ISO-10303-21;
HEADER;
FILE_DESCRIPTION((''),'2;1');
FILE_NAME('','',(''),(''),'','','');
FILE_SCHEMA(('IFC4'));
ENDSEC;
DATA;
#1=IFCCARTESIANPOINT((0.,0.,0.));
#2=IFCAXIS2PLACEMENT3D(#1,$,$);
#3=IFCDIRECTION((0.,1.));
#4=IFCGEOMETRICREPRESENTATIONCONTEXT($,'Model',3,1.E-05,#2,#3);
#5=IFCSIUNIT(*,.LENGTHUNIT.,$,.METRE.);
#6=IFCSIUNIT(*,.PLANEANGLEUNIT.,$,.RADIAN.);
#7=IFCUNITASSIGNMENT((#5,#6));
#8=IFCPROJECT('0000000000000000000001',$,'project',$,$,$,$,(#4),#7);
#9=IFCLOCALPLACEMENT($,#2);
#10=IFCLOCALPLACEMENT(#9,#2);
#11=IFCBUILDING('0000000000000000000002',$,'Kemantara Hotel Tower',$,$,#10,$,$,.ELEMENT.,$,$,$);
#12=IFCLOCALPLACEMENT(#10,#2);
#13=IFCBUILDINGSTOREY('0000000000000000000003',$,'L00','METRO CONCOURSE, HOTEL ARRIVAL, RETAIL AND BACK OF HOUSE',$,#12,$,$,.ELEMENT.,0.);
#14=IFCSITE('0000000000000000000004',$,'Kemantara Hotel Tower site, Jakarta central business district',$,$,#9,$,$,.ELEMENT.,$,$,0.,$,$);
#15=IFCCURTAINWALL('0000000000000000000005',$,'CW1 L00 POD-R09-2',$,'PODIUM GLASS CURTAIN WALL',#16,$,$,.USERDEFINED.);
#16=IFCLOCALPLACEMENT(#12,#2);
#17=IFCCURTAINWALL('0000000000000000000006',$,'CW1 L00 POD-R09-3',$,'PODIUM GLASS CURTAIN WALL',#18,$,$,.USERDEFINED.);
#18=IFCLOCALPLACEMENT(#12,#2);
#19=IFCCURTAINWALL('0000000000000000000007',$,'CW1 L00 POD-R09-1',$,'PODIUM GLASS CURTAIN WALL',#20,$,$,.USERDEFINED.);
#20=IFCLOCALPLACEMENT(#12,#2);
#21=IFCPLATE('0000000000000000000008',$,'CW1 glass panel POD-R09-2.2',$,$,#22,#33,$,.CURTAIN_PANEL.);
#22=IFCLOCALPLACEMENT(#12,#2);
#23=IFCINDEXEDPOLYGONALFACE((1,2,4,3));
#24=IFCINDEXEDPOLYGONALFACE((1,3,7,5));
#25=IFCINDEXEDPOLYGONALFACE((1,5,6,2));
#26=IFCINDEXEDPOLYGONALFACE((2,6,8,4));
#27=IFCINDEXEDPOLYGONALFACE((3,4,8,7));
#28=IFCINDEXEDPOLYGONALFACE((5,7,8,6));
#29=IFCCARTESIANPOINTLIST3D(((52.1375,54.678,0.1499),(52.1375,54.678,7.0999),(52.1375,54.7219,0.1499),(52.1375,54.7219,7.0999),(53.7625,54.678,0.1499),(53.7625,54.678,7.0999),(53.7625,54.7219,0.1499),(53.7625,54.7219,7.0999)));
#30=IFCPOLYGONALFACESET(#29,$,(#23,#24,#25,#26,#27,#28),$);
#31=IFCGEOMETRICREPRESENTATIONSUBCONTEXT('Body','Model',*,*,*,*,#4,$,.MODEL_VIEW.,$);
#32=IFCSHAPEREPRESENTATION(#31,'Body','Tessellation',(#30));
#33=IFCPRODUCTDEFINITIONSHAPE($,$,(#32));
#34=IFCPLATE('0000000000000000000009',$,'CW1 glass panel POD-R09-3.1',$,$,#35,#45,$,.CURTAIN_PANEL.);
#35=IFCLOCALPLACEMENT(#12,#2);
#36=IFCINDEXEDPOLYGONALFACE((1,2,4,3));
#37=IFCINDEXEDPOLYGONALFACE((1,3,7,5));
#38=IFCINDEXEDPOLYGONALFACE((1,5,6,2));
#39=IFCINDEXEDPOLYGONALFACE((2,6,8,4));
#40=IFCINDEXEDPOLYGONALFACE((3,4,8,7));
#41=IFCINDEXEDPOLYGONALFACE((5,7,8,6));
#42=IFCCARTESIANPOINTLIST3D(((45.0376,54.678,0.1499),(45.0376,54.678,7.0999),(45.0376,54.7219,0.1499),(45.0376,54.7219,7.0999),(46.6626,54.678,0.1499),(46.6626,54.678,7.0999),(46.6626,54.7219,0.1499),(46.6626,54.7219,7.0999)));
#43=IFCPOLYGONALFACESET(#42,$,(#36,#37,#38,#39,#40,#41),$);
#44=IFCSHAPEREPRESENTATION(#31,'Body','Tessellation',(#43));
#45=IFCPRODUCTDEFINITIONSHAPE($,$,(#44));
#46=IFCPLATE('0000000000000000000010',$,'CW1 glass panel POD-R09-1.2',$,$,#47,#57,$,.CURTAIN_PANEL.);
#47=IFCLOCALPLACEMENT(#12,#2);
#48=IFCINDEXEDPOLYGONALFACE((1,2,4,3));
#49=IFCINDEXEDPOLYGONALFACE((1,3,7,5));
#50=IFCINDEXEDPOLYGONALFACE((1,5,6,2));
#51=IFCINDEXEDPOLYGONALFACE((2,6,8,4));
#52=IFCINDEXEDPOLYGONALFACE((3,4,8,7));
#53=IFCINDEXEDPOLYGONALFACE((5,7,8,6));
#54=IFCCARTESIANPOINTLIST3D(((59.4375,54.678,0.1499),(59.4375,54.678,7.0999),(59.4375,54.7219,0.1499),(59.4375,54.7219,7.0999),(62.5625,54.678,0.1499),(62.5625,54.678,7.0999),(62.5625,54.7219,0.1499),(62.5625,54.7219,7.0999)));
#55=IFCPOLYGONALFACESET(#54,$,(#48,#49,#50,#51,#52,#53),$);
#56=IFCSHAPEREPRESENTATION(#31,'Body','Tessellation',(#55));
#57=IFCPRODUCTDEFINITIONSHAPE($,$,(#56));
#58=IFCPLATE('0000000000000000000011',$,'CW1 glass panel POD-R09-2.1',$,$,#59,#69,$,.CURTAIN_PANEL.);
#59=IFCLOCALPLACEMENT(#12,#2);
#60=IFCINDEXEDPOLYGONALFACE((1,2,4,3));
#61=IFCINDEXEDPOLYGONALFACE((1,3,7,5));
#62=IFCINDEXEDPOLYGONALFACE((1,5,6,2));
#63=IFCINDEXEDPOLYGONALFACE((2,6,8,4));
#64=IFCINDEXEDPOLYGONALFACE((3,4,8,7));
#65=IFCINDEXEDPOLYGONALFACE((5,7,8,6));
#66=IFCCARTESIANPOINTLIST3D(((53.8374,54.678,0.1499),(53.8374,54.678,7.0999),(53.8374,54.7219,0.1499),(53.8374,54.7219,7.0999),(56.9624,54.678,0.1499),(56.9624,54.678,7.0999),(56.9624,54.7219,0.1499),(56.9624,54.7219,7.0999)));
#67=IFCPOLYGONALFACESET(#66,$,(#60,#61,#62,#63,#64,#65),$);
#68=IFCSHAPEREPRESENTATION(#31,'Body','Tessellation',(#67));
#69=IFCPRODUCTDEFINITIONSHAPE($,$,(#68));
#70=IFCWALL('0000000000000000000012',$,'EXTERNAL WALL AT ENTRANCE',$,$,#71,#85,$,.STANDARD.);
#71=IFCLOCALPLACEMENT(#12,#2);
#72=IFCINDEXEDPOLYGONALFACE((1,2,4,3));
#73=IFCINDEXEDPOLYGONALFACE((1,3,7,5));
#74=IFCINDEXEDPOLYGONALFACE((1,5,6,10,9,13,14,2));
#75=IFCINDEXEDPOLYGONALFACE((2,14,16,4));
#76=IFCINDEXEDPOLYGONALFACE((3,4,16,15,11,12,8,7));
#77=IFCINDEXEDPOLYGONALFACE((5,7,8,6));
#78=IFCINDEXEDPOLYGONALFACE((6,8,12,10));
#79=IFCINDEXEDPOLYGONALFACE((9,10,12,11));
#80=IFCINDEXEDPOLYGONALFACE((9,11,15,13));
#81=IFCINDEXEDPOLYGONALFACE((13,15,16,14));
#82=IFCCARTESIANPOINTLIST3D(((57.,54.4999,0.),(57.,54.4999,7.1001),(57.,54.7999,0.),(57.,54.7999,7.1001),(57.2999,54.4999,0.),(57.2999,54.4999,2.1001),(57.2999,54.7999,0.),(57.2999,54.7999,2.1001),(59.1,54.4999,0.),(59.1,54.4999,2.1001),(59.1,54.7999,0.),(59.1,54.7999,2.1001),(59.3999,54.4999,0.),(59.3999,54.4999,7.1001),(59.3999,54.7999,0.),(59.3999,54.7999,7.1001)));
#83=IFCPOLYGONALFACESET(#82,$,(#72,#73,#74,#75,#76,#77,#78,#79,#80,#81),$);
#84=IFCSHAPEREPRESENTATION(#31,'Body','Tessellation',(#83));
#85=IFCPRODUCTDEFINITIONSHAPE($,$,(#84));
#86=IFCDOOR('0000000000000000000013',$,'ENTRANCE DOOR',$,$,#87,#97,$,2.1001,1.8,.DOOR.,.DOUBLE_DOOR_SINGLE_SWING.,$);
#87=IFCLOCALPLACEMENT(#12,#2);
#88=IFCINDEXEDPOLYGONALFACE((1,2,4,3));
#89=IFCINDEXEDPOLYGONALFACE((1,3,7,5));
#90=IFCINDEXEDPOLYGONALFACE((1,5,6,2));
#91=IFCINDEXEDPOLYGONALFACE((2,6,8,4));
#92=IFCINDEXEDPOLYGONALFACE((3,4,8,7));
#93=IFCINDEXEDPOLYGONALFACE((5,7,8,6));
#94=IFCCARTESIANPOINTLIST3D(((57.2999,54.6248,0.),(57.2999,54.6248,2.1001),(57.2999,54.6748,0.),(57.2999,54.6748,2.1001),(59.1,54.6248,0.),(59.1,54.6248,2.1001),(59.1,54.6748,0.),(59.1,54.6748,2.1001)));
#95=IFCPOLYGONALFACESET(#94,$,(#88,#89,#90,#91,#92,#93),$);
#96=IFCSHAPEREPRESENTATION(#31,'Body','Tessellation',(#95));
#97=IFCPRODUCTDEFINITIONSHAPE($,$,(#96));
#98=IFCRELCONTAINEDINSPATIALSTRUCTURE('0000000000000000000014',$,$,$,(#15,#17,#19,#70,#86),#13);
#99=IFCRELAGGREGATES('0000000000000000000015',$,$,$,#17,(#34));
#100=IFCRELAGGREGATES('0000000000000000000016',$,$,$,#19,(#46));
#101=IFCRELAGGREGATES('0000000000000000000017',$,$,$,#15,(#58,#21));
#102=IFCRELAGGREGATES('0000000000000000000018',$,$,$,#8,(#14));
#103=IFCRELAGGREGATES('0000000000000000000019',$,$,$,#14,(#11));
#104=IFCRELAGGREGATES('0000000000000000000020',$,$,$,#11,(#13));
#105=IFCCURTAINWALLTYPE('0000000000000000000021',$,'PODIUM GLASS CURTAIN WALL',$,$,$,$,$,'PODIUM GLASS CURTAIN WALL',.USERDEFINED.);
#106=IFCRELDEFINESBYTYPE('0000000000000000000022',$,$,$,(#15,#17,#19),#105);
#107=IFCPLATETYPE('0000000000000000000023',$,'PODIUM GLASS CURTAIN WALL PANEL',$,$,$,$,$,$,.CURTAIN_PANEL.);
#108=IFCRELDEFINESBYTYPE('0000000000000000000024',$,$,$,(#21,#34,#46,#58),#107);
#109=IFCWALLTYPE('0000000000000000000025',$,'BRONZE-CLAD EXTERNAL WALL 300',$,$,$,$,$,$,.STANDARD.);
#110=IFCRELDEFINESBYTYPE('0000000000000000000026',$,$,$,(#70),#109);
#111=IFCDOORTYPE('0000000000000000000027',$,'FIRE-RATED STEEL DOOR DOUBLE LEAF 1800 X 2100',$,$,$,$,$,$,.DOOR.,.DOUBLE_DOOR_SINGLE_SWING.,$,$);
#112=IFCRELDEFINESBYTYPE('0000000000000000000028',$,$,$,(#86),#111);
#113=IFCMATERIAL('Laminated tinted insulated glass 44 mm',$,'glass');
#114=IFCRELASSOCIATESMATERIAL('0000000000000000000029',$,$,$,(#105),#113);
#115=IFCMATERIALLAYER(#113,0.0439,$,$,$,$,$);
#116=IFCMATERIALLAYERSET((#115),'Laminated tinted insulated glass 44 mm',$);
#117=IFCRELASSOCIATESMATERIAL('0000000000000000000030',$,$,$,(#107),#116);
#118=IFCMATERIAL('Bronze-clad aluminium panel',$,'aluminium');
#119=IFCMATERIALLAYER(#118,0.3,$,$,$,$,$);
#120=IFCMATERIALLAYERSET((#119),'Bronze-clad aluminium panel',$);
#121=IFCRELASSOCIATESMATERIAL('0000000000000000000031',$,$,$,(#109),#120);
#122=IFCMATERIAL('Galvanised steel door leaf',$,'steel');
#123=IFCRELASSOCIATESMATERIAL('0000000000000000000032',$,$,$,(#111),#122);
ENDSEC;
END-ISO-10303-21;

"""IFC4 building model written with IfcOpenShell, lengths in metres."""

from ifc_helpers import new_model, si_unit, direction, frame, frame_2d, origin, origin_2d, place, context, subcontext, project, spatial, rectangle, extrude, source, transform, mapped, material, layer, layer_set, type_object, element, fill, aggregate, save


model = new_model("IFC4")

# Units and contexts
model_context = context("Model", 3, precision=1e-05, world=origin(), true_north=direction((0.0, 1.0)))
body_context = subcontext(model_context, "Body", "Model", "MODEL_VIEW")
ifc_project = project(units=[si_unit("LENGTHUNIT", "METRE"), si_unit("PLANEANGLEUNIT", "RADIAN")], contexts=[model_context])

# Site, building, storey
site_placement = place(None, origin())
site = spatial("IfcSite", under=ifc_project, at=site_placement, Name="Kemantara Hotel Tower site, Jakarta central business district", CompositionType="ELEMENT", RefElevation=0.0)
building_placement = place(site_placement, origin())
building = spatial("IfcBuilding", under=site, at=building_placement, Name="Kemantara Hotel Tower", CompositionType="ELEMENT")
storey_placement = place(building_placement, origin())
storey = spatial("IfcBuildingStorey", under=building, at=storey_placement, Name="L00", Description="METRO CONCOURSE, HOTEL ARRIVAL, RETAIL AND BACK OF HOUSE", CompositionType="ELEMENT", Elevation=0.0)

# Curtain walls
ifc_material_1 = material(Name="Laminated tinted insulated glass 44 mm", Category="glass")
curtain_wall_type = type_object("IfcCurtainWallType", Name="PODIUM GLASS CURTAIN WALL", ElementType="PODIUM GLASS CURTAIN WALL", PredefinedType="USERDEFINED", material=ifc_material_1)
curtain_wall_1_placement = place(storey_placement, origin())
curtain_wall_1 = element("IfcCurtainWall", 1, at=curtain_wall_1_placement, inside=storey, type_object=curtain_wall_type, Name="CW1 L00 POD-R09-2", ObjectType="PODIUM GLASS CURTAIN WALL", PredefinedType="USERDEFINED")
curtain_wall_2_placement = place(storey_placement, origin())
curtain_wall_2 = element("IfcCurtainWall", 2, at=curtain_wall_2_placement, inside=storey, type_object=curtain_wall_type, Name="CW1 L00 POD-R09-3", ObjectType="PODIUM GLASS CURTAIN WALL", PredefinedType="USERDEFINED")
curtain_wall_3_placement = place(storey_placement, origin())
curtain_wall_3 = element("IfcCurtainWall", 3, at=curtain_wall_3_placement, inside=storey, type_object=curtain_wall_type, Name="CW1 L00 POD-R09-1", ObjectType="PODIUM GLASS CURTAIN WALL", PredefinedType="USERDEFINED")

# Plates
ifc_layer_1 = layer(ifc_material_1, 0.0439)
ifc_layer_set_1 = layer_set([ifc_layer_1], Name="Laminated tinted insulated glass 44 mm")
plate_type = type_object("IfcPlateType", Name="PODIUM GLASS CURTAIN WALL PANEL", PredefinedType="CURTAIN_PANEL", material=ifc_layer_set_1)
shared_shape_1 = source(origin(), body_context, "Body", "SweptSolid", [
    extrude(rectangle(XDim=1.625, YDim=0.0439, at=origin_2d()), origin(), (0.0, 0.0, 1.0), 6.95),
])
plate_1_placement = place(storey_placement, frame((52.95, 54.7, 0.1499), z_axis=(0.0, 0.0, 1.0), x_axis=(-1.0, 0.0, 0.0)))
plate_1 = element("IfcPlate", 4, at=plate_1_placement, type_object=plate_type, Name="CW1 glass panel POD-R09-2.2", PredefinedType="CURTAIN_PANEL", context=body_context, shape_type="MappedRepresentation", body=[
    mapped(shared_shape_1, transform((0.0, 0.0, 0.0))),
])
plate_2_placement = place(storey_placement, frame((45.8501, 54.7, 0.1499), z_axis=(0.0, 0.0, 1.0), x_axis=(-1.0, 0.0, 0.0)))
plate_2 = element("IfcPlate", 5, at=plate_2_placement, type_object=plate_type, Name="CW1 glass panel POD-R09-3.1", PredefinedType="CURTAIN_PANEL", context=body_context, shape_type="MappedRepresentation", body=[
    mapped(shared_shape_1, transform((0.0, 0.0, 0.0))),
])
aggregate(curtain_wall_2, [plate_2])
shared_shape_2 = source(origin(), body_context, "Body", "SweptSolid", [
    extrude(rectangle(XDim=3.125, YDim=0.0439, at=origin_2d()), origin(), (0.0, 0.0, 1.0), 6.95),
])
plate_3_placement = place(storey_placement, frame((61.0, 54.7, 0.1499), z_axis=(0.0, 0.0, 1.0), x_axis=(-1.0, 0.0, 0.0)))
plate_3 = element("IfcPlate", 6, at=plate_3_placement, type_object=plate_type, Name="CW1 glass panel POD-R09-1.2", PredefinedType="CURTAIN_PANEL", context=body_context, shape_type="MappedRepresentation", body=[
    mapped(shared_shape_2, transform((0.0, 0.0, 0.0))),
])
aggregate(curtain_wall_3, [plate_3])
plate_4_placement = place(storey_placement, frame((55.3999, 54.7, 0.1499), z_axis=(0.0, 0.0, 1.0), x_axis=(-1.0, 0.0, 0.0)))
plate_4 = element("IfcPlate", 7, at=plate_4_placement, type_object=plate_type, Name="CW1 glass panel POD-R09-2.1", PredefinedType="CURTAIN_PANEL", context=body_context, shape_type="MappedRepresentation", body=[
    mapped(shared_shape_2, transform((0.0, 0.0, 0.0))),
])
aggregate(curtain_wall_1, [plate_4, plate_1])

# Shared definitions
ifc_material_2 = material(Name="Bronze-clad aluminium panel", Category="aluminium")
ifc_layer_2 = layer(ifc_material_2, 0.3)
ifc_layer_set_2 = layer_set([ifc_layer_2], Name="Bronze-clad aluminium panel")
wall_type = type_object("IfcWallType", Name="BRONZE-CLAD EXTERNAL WALL 300", PredefinedType="STANDARD", material=ifc_layer_set_2)

# Wall, opening, door
wall_1_placement = place(storey_placement, frame((57.0, 54.6499, 0.0), z_axis=(0.0, 0.0, 1.0), x_axis=(1.0, 0.0, 0.0)))
wall_1 = element("IfcWall", 8, at=wall_1_placement, inside=storey, type_object=wall_type, Name="EXTERNAL WALL AT ENTRANCE", PredefinedType="STANDARD", context=body_context, shape_type="SweptSolid", body=[
    extrude(rectangle(XDim=2.3999, YDim=0.3, at=frame_2d((1.2, 0.0))), origin(), (0.0, 0.0, 1.0), 7.1001),
])
opening_1_placement = place(wall_1_placement, frame((0.3, 0.0, 0.0)))
opening_1 = element("IfcOpeningElement", 9, at=opening_1_placement, cuts=wall_1, PredefinedType="OPENING", context=body_context, shape_type="SweptSolid", body=[
    extrude(rectangle(XDim=1.8, YDim=2.1001, at=frame_2d((0.8999, 1.05))), frame((0.0, 0.1599, 0.0), z_axis=(0.0, -1.0, 0.0), x_axis=(1.0, 0.0, 0.0)), (0.0, 0.0, 1.0), 0.3201),
])
ifc_material_3 = material(Name="Galvanised steel door leaf", Category="steel")
door_type_1 = type_object("IfcDoorType", Name="FIRE-RATED STEEL DOOR DOUBLE LEAF 1800 X 2100", OperationType="DOUBLE_DOOR_SINGLE_SWING", PredefinedType="DOOR", material=ifc_material_3)
door_1_placement = place(opening_1_placement, origin())
door_1 = element("IfcDoor", 10, at=door_1_placement, inside=storey, type_object=door_type_1, Name="ENTRANCE DOOR", OperationType="DOUBLE_DOOR_SINGLE_SWING", OverallHeight=2.1001, OverallWidth=1.8, PredefinedType="DOOR", context=body_context, shape_type="SweptSolid", body=[
    extrude(rectangle(XDim=1.8, YDim=2.1001, at=frame_2d((0.8999, 1.05))), frame((0.0, 0.0249, 0.0), z_axis=(0.0, -1.0, 0.0), x_axis=(1.0, 0.0, 0.0)), (0.0, 0.0, 1.0), 0.05),
])
fill(opening_1, door_1)

save(model, "model.ifc")
